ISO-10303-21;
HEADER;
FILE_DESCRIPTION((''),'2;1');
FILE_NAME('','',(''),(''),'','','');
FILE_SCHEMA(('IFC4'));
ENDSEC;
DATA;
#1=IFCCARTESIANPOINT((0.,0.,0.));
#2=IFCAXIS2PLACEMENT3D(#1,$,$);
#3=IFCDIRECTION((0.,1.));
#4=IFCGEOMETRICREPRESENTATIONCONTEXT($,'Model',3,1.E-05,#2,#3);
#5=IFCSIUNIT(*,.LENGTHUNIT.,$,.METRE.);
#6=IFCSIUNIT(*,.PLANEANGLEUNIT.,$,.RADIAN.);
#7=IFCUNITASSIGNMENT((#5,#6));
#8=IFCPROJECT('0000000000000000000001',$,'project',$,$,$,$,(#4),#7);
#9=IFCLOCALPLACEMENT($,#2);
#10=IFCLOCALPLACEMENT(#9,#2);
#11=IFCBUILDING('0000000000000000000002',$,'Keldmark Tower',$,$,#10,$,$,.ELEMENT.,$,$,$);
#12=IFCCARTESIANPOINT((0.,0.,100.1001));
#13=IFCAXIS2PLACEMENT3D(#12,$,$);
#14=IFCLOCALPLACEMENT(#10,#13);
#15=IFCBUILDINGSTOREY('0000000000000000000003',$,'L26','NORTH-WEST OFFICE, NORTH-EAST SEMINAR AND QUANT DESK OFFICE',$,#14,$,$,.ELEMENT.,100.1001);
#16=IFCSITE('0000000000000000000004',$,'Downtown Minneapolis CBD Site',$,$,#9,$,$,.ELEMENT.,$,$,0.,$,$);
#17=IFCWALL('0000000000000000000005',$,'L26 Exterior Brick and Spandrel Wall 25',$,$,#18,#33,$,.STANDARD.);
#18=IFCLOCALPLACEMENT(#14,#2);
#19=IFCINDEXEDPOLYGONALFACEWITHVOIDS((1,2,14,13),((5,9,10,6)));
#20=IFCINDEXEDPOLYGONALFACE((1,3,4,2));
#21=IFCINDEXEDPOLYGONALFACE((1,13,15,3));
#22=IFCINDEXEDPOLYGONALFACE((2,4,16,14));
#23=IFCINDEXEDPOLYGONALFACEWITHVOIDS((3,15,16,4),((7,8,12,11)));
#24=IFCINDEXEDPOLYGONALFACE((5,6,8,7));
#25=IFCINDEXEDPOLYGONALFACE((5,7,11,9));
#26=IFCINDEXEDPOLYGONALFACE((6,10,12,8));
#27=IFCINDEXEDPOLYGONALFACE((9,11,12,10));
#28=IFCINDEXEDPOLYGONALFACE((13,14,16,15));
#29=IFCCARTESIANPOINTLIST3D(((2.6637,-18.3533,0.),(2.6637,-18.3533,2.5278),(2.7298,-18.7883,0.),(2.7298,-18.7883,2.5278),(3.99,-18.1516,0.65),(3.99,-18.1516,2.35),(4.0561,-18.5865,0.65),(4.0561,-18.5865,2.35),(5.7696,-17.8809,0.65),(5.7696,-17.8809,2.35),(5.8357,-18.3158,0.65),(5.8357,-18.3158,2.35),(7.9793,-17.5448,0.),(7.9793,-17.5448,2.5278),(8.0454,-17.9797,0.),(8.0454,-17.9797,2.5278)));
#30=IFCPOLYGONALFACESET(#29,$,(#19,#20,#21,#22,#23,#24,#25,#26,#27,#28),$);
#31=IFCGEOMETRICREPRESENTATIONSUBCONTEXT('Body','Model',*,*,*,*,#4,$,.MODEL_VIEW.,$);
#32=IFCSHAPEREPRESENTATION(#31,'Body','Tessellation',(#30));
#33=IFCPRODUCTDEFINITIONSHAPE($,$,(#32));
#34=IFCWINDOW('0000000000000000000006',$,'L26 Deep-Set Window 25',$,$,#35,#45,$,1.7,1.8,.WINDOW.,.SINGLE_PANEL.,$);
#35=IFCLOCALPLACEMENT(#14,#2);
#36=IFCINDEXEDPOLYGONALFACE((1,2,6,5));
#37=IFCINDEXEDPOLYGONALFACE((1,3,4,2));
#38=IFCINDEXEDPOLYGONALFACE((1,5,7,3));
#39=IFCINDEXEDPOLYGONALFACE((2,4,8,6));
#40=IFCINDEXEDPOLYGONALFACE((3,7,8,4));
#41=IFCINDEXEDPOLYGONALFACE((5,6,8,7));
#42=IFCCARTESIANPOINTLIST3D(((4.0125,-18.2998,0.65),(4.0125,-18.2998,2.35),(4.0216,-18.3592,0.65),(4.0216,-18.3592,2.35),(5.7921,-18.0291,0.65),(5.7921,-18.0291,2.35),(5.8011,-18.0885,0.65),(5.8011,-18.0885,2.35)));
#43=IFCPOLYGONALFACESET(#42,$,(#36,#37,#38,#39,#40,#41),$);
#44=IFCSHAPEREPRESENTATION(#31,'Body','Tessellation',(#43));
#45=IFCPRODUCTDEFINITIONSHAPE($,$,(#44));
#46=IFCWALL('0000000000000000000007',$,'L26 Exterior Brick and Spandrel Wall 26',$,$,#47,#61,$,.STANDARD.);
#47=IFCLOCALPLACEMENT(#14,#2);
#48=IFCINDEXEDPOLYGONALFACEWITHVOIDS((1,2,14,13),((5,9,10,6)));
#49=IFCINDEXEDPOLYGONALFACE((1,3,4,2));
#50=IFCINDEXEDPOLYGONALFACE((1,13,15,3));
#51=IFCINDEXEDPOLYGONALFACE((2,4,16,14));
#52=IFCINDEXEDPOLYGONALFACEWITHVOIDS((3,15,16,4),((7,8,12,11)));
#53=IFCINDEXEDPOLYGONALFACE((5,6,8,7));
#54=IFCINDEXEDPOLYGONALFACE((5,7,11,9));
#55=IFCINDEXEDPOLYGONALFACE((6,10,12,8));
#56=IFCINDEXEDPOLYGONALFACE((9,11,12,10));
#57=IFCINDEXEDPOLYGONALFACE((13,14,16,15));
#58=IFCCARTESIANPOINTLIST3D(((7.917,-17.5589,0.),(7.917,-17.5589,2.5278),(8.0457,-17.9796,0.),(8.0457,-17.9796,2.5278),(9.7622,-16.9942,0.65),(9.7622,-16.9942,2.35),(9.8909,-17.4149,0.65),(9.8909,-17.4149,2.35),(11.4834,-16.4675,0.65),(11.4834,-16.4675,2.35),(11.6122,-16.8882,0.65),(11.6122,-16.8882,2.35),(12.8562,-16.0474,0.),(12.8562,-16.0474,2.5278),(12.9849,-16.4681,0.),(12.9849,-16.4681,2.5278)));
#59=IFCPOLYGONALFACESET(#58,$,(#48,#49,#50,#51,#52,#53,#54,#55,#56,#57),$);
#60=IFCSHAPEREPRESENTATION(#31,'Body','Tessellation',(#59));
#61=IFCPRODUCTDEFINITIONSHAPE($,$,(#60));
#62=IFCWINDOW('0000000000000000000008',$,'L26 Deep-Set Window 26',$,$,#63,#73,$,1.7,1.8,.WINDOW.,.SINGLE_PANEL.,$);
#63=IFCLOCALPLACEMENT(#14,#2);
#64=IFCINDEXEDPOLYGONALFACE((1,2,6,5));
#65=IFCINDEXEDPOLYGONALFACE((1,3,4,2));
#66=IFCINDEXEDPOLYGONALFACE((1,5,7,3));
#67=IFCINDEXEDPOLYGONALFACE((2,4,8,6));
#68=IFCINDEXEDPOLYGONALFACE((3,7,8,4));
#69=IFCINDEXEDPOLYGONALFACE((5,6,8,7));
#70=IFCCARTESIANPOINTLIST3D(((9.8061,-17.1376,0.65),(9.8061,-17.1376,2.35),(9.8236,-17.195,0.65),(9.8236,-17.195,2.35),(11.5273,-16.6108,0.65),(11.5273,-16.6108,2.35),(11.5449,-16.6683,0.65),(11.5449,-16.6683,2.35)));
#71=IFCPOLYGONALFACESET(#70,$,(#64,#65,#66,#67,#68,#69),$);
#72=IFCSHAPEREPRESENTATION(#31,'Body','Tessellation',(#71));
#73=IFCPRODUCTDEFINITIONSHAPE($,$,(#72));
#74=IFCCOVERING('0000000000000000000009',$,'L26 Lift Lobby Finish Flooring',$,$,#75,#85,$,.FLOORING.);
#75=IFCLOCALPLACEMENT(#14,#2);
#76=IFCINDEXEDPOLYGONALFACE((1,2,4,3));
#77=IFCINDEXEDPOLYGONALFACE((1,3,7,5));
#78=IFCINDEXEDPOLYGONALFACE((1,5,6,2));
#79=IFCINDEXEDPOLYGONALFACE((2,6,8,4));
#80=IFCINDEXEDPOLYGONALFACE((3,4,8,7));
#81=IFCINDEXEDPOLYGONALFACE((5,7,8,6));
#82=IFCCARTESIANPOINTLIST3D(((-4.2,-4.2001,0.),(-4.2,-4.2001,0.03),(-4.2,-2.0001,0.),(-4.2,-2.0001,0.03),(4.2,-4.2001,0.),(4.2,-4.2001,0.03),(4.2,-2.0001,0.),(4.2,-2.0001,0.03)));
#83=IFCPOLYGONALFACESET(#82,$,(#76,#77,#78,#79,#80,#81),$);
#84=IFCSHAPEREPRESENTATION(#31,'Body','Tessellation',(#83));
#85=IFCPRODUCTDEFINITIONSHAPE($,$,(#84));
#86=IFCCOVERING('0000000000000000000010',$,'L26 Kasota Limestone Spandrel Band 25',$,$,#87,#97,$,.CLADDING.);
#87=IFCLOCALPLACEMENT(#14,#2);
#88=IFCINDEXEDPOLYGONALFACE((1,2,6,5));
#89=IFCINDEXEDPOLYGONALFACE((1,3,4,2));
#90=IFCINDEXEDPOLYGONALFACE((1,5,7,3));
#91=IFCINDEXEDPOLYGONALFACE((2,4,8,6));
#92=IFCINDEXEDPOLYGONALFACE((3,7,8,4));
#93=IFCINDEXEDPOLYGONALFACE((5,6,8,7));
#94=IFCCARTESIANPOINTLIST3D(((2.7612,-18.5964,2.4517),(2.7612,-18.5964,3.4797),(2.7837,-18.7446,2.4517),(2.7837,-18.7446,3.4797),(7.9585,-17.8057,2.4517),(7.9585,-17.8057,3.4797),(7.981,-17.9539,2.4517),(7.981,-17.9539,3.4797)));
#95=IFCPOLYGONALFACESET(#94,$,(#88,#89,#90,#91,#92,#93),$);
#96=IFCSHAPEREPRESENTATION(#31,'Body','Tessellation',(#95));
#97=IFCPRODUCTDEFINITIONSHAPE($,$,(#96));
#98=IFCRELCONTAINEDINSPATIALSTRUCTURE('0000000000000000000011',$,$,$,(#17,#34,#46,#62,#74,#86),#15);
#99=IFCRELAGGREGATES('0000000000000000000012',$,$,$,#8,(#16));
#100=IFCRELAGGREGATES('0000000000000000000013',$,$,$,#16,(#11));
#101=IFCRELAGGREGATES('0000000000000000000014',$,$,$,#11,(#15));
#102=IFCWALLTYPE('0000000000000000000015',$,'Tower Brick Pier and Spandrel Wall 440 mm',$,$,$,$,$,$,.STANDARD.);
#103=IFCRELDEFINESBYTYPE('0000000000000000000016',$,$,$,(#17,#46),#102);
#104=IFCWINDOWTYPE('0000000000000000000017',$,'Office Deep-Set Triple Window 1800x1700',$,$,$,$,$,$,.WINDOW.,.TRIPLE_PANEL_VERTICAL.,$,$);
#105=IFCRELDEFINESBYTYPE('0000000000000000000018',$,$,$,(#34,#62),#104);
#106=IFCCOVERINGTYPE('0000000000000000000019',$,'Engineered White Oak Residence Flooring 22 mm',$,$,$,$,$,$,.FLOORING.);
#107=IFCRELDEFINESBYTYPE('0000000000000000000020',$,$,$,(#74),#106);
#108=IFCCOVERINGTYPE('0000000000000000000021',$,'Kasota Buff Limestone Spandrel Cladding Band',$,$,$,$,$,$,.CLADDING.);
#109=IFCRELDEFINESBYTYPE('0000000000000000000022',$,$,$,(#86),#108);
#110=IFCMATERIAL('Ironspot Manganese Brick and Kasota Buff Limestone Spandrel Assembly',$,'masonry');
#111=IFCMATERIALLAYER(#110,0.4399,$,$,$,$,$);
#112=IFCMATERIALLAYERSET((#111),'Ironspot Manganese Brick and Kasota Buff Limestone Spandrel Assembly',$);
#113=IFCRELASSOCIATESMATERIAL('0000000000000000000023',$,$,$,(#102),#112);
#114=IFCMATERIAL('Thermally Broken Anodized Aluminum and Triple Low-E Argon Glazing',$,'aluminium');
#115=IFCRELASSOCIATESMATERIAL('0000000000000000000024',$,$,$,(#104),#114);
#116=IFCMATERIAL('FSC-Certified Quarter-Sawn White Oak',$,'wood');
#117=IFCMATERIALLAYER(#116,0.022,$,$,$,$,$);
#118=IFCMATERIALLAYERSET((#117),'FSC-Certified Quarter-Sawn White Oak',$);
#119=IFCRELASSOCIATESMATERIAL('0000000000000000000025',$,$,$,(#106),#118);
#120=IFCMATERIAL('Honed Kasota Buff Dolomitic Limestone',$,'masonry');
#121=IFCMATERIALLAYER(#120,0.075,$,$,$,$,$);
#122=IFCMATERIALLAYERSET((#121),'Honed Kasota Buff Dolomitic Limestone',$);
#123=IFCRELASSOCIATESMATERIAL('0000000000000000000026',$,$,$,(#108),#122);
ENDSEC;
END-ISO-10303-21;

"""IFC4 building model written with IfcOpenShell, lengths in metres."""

from ifc_helpers import new_model, si_unit, direction, frame, frame_2d, origin, origin_2d, place, context, subcontext, project, spatial, rectangle, extrude, material, layer, layer_set, type_object, element, fill, save


model = new_model("IFC4")

# Units and contexts
model_context = context("Model", 3, precision=1e-05, world=origin(), true_north=direction((0.0, 1.0)))
body_context = subcontext(model_context, "Body", "Model", "MODEL_VIEW")
ifc_project = project(units=[si_unit("LENGTHUNIT", "METRE"), si_unit("PLANEANGLEUNIT", "RADIAN")], contexts=[model_context])

# Site, building, storey
site_placement = place(None, origin())
site = spatial("IfcSite", under=ifc_project, at=site_placement, Name="Downtown Minneapolis CBD Site", CompositionType="ELEMENT", RefElevation=0.0)
building_placement = place(site_placement, origin())
building = spatial("IfcBuilding", under=site, at=building_placement, Name="Keldmark Tower", CompositionType="ELEMENT")
storey_placement = place(building_placement, frame((0.0, 0.0, 100.1001)))
storey = spatial("IfcBuildingStorey", under=building, at=storey_placement, Name="L26", Description="NORTH-WEST OFFICE, NORTH-EAST SEMINAR AND QUANT DESK OFFICE", CompositionType="ELEMENT", Elevation=100.1001)

# Walls, openings, windows
ifc_material_1 = material(Name="Ironspot Manganese Brick and Kasota Buff Limestone Spandrel Assembly", Category="masonry")
ifc_layer_1 = layer(ifc_material_1, 0.4399)
ifc_layer_set_1 = layer_set([ifc_layer_1], Name="Ironspot Manganese Brick and Kasota Buff Limestone Spandrel Assembly")
wall_type_1 = type_object("IfcWallType", Name="Tower Brick Pier and Spandrel Wall 440 mm", PredefinedType="STANDARD", material=ifc_layer_set_1)
ifc_material_2 = material(Name="Thermally Broken Anodized Aluminum and Triple Low-E Argon Glazing", Category="aluminium")
window_type = type_object("IfcWindowType", Name="Office Deep-Set Triple Window 1800x1700", PartitioningType="TRIPLE_PANEL_VERTICAL", PredefinedType="WINDOW", material=ifc_material_2)
wall_1_placement = place(storey_placement, frame((8.0125, -17.7622, 0.0), z_axis=(0.0, 0.0, 1.0), x_axis=(-0.988627, -0.150385, 0.0)))
wall_1 = element("IfcWall", 1, at=wall_1_placement, inside=storey, type_object=wall_type_1, Name="L26 Exterior Brick and Spandrel Wall 25", PredefinedType="STANDARD", context=body_context, shape_type="SweptSolid", body=[
    extrude(rectangle(XDim=5.3767, YDim=0.4399, at=frame_2d((2.6885, 0.0))), origin(), (0.0, 0.0, 1.0), 2.5278),
])
opening_1_placement = place(wall_1_placement, frame((2.2354, 0.0, 0.6499)))
opening_1 = element("IfcOpeningElement", 2, at=opening_1_placement, cuts=wall_1, PredefinedType="OPENING", context=body_context, shape_type="SweptSolid", body=[
    extrude(rectangle(XDim=1.8, YDim=1.7, at=frame_2d((0.8999, 0.8501))), frame((0.0, 0.23, 0.0), z_axis=(0.0, -1.0, 0.0), x_axis=(1.0, 0.0, 0.0)), (0.0, 0.0, 1.0), 0.46),
])
window_1_placement = place(opening_1_placement, origin())
window_1 = element("IfcWindow", 3, at=window_1_placement, inside=storey, type_object=window_type, Name="L26 Deep-Set Window 25", OverallHeight=1.7, OverallWidth=1.8, PartitioningType="SINGLE_PANEL", PredefinedType="WINDOW", context=body_context, shape_type="SweptSolid", body=[
    extrude(rectangle(XDim=1.8, YDim=1.7, at=frame_2d((0.8999, 0.8501))), frame((0.0, -0.01, 0.0), z_axis=(0.0, -1.0, 0.0), x_axis=(1.0, 0.0, 0.0)), (0.0, 0.0, 1.0), 0.0601),
])
fill(opening_1, window_1)
wall_2_placement = place(storey_placement, frame((12.9204, -16.2578, 0.0), z_axis=(0.0, 0.0, 1.0), x_axis=(-0.956229, -0.292621, 0.0)))
wall_2 = element("IfcWall", 4, at=wall_2_placement, inside=storey, type_object=wall_type_1, Name="L26 Exterior Brick and Spandrel Wall 26", PredefinedType="STANDARD", context=body_context, shape_type="SweptSolid", body=[
    extrude(rectangle(XDim=5.1653, YDim=0.4399, at=frame_2d((2.5825, 0.0))), origin(), (0.0, 0.0, 1.0), 2.5278),
])
opening_2_placement = place(wall_2_placement, frame((1.4355, 0.0, 0.6499)))
opening_2 = element("IfcOpeningElement", 5, at=opening_2_placement, cuts=wall_2, PredefinedType="OPENING", context=body_context, shape_type="SweptSolid", body=[
    extrude(rectangle(XDim=1.8, YDim=1.7, at=frame_2d((0.8999, 0.8501))), frame((0.0, 0.23, 0.0), z_axis=(0.0, -1.0, 0.0), x_axis=(1.0, 0.0, 0.0)), (0.0, 0.0, 1.0), 0.46),
])
window_2_placement = place(opening_2_placement, origin())
window_2 = element("IfcWindow", 6, at=window_2_placement, inside=storey, type_object=window_type, Name="L26 Deep-Set Window 26", OverallHeight=1.7, OverallWidth=1.8, PartitioningType="SINGLE_PANEL", PredefinedType="WINDOW", context=body_context, shape_type="SweptSolid", body=[
    extrude(rectangle(XDim=1.8, YDim=1.7, at=frame_2d((0.8999, 0.8501))), frame((0.0, -0.01, 0.0), z_axis=(0.0, -1.0, 0.0), x_axis=(1.0, 0.0, 0.0)), (0.0, 0.0, 1.0), 0.0601),
])
fill(opening_2, window_2)

# Coverings
ifc_material_3 = material(Name="FSC-Certified Quarter-Sawn White Oak", Category="wood")
ifc_layer_2 = layer(ifc_material_3, 0.022)
ifc_layer_set_2 = layer_set([ifc_layer_2], Name="FSC-Certified Quarter-Sawn White Oak")
covering_type_1 = type_object("IfcCoveringType", Name="Engineered White Oak Residence Flooring 22 mm", PredefinedType="FLOORING", material=ifc_layer_set_2)
covering_1_placement = place(storey_placement, frame((0.0, -3.1001, 0.0), z_axis=(0.0, 0.0, 1.0), x_axis=(1.0, 0.0, 0.0)))
element("IfcCovering", 7, at=covering_1_placement, inside=storey, type_object=covering_type_1, Name="L26 Lift Lobby Finish Flooring", PredefinedType="FLOORING", context=body_context, shape_type="SweptSolid", body=[
    extrude(rectangle(XDim=8.3999, YDim=2.2, at=origin_2d()), origin(), (0.0, 0.0, 1.0), 0.03),
])
ifc_material_4 = material(Name="Honed Kasota Buff Dolomitic Limestone", Category="masonry")
ifc_layer_3 = layer(ifc_material_4, 0.075)
ifc_layer_set_3 = layer_set([ifc_layer_3], Name="Honed Kasota Buff Dolomitic Limestone")
covering_type_2 = type_object("IfcCoveringType", Name="Kasota Buff Limestone Spandrel Cladding Band", PredefinedType="CLADDING", material=ifc_layer_set_3)
covering_2_placement = place(storey_placement, frame((5.3711, -18.2751, 2.4517), z_axis=(0.0, 0.0, 1.0), x_axis=(0.988623, 0.150415, 0.0)))
element("IfcCovering", 8, at=covering_2_placement, inside=storey, type_object=covering_type_2, Name="L26 Kasota Limestone Spandrel Band 25", PredefinedType="CLADDING", context=body_context, shape_type="SweptSolid", body=[
    extrude(rectangle(XDim=5.2571, YDim=0.1499, at=origin_2d()), origin(), (0.0, 0.0, 1.0), 1.0281),
])

save(model, "model.ifc")
